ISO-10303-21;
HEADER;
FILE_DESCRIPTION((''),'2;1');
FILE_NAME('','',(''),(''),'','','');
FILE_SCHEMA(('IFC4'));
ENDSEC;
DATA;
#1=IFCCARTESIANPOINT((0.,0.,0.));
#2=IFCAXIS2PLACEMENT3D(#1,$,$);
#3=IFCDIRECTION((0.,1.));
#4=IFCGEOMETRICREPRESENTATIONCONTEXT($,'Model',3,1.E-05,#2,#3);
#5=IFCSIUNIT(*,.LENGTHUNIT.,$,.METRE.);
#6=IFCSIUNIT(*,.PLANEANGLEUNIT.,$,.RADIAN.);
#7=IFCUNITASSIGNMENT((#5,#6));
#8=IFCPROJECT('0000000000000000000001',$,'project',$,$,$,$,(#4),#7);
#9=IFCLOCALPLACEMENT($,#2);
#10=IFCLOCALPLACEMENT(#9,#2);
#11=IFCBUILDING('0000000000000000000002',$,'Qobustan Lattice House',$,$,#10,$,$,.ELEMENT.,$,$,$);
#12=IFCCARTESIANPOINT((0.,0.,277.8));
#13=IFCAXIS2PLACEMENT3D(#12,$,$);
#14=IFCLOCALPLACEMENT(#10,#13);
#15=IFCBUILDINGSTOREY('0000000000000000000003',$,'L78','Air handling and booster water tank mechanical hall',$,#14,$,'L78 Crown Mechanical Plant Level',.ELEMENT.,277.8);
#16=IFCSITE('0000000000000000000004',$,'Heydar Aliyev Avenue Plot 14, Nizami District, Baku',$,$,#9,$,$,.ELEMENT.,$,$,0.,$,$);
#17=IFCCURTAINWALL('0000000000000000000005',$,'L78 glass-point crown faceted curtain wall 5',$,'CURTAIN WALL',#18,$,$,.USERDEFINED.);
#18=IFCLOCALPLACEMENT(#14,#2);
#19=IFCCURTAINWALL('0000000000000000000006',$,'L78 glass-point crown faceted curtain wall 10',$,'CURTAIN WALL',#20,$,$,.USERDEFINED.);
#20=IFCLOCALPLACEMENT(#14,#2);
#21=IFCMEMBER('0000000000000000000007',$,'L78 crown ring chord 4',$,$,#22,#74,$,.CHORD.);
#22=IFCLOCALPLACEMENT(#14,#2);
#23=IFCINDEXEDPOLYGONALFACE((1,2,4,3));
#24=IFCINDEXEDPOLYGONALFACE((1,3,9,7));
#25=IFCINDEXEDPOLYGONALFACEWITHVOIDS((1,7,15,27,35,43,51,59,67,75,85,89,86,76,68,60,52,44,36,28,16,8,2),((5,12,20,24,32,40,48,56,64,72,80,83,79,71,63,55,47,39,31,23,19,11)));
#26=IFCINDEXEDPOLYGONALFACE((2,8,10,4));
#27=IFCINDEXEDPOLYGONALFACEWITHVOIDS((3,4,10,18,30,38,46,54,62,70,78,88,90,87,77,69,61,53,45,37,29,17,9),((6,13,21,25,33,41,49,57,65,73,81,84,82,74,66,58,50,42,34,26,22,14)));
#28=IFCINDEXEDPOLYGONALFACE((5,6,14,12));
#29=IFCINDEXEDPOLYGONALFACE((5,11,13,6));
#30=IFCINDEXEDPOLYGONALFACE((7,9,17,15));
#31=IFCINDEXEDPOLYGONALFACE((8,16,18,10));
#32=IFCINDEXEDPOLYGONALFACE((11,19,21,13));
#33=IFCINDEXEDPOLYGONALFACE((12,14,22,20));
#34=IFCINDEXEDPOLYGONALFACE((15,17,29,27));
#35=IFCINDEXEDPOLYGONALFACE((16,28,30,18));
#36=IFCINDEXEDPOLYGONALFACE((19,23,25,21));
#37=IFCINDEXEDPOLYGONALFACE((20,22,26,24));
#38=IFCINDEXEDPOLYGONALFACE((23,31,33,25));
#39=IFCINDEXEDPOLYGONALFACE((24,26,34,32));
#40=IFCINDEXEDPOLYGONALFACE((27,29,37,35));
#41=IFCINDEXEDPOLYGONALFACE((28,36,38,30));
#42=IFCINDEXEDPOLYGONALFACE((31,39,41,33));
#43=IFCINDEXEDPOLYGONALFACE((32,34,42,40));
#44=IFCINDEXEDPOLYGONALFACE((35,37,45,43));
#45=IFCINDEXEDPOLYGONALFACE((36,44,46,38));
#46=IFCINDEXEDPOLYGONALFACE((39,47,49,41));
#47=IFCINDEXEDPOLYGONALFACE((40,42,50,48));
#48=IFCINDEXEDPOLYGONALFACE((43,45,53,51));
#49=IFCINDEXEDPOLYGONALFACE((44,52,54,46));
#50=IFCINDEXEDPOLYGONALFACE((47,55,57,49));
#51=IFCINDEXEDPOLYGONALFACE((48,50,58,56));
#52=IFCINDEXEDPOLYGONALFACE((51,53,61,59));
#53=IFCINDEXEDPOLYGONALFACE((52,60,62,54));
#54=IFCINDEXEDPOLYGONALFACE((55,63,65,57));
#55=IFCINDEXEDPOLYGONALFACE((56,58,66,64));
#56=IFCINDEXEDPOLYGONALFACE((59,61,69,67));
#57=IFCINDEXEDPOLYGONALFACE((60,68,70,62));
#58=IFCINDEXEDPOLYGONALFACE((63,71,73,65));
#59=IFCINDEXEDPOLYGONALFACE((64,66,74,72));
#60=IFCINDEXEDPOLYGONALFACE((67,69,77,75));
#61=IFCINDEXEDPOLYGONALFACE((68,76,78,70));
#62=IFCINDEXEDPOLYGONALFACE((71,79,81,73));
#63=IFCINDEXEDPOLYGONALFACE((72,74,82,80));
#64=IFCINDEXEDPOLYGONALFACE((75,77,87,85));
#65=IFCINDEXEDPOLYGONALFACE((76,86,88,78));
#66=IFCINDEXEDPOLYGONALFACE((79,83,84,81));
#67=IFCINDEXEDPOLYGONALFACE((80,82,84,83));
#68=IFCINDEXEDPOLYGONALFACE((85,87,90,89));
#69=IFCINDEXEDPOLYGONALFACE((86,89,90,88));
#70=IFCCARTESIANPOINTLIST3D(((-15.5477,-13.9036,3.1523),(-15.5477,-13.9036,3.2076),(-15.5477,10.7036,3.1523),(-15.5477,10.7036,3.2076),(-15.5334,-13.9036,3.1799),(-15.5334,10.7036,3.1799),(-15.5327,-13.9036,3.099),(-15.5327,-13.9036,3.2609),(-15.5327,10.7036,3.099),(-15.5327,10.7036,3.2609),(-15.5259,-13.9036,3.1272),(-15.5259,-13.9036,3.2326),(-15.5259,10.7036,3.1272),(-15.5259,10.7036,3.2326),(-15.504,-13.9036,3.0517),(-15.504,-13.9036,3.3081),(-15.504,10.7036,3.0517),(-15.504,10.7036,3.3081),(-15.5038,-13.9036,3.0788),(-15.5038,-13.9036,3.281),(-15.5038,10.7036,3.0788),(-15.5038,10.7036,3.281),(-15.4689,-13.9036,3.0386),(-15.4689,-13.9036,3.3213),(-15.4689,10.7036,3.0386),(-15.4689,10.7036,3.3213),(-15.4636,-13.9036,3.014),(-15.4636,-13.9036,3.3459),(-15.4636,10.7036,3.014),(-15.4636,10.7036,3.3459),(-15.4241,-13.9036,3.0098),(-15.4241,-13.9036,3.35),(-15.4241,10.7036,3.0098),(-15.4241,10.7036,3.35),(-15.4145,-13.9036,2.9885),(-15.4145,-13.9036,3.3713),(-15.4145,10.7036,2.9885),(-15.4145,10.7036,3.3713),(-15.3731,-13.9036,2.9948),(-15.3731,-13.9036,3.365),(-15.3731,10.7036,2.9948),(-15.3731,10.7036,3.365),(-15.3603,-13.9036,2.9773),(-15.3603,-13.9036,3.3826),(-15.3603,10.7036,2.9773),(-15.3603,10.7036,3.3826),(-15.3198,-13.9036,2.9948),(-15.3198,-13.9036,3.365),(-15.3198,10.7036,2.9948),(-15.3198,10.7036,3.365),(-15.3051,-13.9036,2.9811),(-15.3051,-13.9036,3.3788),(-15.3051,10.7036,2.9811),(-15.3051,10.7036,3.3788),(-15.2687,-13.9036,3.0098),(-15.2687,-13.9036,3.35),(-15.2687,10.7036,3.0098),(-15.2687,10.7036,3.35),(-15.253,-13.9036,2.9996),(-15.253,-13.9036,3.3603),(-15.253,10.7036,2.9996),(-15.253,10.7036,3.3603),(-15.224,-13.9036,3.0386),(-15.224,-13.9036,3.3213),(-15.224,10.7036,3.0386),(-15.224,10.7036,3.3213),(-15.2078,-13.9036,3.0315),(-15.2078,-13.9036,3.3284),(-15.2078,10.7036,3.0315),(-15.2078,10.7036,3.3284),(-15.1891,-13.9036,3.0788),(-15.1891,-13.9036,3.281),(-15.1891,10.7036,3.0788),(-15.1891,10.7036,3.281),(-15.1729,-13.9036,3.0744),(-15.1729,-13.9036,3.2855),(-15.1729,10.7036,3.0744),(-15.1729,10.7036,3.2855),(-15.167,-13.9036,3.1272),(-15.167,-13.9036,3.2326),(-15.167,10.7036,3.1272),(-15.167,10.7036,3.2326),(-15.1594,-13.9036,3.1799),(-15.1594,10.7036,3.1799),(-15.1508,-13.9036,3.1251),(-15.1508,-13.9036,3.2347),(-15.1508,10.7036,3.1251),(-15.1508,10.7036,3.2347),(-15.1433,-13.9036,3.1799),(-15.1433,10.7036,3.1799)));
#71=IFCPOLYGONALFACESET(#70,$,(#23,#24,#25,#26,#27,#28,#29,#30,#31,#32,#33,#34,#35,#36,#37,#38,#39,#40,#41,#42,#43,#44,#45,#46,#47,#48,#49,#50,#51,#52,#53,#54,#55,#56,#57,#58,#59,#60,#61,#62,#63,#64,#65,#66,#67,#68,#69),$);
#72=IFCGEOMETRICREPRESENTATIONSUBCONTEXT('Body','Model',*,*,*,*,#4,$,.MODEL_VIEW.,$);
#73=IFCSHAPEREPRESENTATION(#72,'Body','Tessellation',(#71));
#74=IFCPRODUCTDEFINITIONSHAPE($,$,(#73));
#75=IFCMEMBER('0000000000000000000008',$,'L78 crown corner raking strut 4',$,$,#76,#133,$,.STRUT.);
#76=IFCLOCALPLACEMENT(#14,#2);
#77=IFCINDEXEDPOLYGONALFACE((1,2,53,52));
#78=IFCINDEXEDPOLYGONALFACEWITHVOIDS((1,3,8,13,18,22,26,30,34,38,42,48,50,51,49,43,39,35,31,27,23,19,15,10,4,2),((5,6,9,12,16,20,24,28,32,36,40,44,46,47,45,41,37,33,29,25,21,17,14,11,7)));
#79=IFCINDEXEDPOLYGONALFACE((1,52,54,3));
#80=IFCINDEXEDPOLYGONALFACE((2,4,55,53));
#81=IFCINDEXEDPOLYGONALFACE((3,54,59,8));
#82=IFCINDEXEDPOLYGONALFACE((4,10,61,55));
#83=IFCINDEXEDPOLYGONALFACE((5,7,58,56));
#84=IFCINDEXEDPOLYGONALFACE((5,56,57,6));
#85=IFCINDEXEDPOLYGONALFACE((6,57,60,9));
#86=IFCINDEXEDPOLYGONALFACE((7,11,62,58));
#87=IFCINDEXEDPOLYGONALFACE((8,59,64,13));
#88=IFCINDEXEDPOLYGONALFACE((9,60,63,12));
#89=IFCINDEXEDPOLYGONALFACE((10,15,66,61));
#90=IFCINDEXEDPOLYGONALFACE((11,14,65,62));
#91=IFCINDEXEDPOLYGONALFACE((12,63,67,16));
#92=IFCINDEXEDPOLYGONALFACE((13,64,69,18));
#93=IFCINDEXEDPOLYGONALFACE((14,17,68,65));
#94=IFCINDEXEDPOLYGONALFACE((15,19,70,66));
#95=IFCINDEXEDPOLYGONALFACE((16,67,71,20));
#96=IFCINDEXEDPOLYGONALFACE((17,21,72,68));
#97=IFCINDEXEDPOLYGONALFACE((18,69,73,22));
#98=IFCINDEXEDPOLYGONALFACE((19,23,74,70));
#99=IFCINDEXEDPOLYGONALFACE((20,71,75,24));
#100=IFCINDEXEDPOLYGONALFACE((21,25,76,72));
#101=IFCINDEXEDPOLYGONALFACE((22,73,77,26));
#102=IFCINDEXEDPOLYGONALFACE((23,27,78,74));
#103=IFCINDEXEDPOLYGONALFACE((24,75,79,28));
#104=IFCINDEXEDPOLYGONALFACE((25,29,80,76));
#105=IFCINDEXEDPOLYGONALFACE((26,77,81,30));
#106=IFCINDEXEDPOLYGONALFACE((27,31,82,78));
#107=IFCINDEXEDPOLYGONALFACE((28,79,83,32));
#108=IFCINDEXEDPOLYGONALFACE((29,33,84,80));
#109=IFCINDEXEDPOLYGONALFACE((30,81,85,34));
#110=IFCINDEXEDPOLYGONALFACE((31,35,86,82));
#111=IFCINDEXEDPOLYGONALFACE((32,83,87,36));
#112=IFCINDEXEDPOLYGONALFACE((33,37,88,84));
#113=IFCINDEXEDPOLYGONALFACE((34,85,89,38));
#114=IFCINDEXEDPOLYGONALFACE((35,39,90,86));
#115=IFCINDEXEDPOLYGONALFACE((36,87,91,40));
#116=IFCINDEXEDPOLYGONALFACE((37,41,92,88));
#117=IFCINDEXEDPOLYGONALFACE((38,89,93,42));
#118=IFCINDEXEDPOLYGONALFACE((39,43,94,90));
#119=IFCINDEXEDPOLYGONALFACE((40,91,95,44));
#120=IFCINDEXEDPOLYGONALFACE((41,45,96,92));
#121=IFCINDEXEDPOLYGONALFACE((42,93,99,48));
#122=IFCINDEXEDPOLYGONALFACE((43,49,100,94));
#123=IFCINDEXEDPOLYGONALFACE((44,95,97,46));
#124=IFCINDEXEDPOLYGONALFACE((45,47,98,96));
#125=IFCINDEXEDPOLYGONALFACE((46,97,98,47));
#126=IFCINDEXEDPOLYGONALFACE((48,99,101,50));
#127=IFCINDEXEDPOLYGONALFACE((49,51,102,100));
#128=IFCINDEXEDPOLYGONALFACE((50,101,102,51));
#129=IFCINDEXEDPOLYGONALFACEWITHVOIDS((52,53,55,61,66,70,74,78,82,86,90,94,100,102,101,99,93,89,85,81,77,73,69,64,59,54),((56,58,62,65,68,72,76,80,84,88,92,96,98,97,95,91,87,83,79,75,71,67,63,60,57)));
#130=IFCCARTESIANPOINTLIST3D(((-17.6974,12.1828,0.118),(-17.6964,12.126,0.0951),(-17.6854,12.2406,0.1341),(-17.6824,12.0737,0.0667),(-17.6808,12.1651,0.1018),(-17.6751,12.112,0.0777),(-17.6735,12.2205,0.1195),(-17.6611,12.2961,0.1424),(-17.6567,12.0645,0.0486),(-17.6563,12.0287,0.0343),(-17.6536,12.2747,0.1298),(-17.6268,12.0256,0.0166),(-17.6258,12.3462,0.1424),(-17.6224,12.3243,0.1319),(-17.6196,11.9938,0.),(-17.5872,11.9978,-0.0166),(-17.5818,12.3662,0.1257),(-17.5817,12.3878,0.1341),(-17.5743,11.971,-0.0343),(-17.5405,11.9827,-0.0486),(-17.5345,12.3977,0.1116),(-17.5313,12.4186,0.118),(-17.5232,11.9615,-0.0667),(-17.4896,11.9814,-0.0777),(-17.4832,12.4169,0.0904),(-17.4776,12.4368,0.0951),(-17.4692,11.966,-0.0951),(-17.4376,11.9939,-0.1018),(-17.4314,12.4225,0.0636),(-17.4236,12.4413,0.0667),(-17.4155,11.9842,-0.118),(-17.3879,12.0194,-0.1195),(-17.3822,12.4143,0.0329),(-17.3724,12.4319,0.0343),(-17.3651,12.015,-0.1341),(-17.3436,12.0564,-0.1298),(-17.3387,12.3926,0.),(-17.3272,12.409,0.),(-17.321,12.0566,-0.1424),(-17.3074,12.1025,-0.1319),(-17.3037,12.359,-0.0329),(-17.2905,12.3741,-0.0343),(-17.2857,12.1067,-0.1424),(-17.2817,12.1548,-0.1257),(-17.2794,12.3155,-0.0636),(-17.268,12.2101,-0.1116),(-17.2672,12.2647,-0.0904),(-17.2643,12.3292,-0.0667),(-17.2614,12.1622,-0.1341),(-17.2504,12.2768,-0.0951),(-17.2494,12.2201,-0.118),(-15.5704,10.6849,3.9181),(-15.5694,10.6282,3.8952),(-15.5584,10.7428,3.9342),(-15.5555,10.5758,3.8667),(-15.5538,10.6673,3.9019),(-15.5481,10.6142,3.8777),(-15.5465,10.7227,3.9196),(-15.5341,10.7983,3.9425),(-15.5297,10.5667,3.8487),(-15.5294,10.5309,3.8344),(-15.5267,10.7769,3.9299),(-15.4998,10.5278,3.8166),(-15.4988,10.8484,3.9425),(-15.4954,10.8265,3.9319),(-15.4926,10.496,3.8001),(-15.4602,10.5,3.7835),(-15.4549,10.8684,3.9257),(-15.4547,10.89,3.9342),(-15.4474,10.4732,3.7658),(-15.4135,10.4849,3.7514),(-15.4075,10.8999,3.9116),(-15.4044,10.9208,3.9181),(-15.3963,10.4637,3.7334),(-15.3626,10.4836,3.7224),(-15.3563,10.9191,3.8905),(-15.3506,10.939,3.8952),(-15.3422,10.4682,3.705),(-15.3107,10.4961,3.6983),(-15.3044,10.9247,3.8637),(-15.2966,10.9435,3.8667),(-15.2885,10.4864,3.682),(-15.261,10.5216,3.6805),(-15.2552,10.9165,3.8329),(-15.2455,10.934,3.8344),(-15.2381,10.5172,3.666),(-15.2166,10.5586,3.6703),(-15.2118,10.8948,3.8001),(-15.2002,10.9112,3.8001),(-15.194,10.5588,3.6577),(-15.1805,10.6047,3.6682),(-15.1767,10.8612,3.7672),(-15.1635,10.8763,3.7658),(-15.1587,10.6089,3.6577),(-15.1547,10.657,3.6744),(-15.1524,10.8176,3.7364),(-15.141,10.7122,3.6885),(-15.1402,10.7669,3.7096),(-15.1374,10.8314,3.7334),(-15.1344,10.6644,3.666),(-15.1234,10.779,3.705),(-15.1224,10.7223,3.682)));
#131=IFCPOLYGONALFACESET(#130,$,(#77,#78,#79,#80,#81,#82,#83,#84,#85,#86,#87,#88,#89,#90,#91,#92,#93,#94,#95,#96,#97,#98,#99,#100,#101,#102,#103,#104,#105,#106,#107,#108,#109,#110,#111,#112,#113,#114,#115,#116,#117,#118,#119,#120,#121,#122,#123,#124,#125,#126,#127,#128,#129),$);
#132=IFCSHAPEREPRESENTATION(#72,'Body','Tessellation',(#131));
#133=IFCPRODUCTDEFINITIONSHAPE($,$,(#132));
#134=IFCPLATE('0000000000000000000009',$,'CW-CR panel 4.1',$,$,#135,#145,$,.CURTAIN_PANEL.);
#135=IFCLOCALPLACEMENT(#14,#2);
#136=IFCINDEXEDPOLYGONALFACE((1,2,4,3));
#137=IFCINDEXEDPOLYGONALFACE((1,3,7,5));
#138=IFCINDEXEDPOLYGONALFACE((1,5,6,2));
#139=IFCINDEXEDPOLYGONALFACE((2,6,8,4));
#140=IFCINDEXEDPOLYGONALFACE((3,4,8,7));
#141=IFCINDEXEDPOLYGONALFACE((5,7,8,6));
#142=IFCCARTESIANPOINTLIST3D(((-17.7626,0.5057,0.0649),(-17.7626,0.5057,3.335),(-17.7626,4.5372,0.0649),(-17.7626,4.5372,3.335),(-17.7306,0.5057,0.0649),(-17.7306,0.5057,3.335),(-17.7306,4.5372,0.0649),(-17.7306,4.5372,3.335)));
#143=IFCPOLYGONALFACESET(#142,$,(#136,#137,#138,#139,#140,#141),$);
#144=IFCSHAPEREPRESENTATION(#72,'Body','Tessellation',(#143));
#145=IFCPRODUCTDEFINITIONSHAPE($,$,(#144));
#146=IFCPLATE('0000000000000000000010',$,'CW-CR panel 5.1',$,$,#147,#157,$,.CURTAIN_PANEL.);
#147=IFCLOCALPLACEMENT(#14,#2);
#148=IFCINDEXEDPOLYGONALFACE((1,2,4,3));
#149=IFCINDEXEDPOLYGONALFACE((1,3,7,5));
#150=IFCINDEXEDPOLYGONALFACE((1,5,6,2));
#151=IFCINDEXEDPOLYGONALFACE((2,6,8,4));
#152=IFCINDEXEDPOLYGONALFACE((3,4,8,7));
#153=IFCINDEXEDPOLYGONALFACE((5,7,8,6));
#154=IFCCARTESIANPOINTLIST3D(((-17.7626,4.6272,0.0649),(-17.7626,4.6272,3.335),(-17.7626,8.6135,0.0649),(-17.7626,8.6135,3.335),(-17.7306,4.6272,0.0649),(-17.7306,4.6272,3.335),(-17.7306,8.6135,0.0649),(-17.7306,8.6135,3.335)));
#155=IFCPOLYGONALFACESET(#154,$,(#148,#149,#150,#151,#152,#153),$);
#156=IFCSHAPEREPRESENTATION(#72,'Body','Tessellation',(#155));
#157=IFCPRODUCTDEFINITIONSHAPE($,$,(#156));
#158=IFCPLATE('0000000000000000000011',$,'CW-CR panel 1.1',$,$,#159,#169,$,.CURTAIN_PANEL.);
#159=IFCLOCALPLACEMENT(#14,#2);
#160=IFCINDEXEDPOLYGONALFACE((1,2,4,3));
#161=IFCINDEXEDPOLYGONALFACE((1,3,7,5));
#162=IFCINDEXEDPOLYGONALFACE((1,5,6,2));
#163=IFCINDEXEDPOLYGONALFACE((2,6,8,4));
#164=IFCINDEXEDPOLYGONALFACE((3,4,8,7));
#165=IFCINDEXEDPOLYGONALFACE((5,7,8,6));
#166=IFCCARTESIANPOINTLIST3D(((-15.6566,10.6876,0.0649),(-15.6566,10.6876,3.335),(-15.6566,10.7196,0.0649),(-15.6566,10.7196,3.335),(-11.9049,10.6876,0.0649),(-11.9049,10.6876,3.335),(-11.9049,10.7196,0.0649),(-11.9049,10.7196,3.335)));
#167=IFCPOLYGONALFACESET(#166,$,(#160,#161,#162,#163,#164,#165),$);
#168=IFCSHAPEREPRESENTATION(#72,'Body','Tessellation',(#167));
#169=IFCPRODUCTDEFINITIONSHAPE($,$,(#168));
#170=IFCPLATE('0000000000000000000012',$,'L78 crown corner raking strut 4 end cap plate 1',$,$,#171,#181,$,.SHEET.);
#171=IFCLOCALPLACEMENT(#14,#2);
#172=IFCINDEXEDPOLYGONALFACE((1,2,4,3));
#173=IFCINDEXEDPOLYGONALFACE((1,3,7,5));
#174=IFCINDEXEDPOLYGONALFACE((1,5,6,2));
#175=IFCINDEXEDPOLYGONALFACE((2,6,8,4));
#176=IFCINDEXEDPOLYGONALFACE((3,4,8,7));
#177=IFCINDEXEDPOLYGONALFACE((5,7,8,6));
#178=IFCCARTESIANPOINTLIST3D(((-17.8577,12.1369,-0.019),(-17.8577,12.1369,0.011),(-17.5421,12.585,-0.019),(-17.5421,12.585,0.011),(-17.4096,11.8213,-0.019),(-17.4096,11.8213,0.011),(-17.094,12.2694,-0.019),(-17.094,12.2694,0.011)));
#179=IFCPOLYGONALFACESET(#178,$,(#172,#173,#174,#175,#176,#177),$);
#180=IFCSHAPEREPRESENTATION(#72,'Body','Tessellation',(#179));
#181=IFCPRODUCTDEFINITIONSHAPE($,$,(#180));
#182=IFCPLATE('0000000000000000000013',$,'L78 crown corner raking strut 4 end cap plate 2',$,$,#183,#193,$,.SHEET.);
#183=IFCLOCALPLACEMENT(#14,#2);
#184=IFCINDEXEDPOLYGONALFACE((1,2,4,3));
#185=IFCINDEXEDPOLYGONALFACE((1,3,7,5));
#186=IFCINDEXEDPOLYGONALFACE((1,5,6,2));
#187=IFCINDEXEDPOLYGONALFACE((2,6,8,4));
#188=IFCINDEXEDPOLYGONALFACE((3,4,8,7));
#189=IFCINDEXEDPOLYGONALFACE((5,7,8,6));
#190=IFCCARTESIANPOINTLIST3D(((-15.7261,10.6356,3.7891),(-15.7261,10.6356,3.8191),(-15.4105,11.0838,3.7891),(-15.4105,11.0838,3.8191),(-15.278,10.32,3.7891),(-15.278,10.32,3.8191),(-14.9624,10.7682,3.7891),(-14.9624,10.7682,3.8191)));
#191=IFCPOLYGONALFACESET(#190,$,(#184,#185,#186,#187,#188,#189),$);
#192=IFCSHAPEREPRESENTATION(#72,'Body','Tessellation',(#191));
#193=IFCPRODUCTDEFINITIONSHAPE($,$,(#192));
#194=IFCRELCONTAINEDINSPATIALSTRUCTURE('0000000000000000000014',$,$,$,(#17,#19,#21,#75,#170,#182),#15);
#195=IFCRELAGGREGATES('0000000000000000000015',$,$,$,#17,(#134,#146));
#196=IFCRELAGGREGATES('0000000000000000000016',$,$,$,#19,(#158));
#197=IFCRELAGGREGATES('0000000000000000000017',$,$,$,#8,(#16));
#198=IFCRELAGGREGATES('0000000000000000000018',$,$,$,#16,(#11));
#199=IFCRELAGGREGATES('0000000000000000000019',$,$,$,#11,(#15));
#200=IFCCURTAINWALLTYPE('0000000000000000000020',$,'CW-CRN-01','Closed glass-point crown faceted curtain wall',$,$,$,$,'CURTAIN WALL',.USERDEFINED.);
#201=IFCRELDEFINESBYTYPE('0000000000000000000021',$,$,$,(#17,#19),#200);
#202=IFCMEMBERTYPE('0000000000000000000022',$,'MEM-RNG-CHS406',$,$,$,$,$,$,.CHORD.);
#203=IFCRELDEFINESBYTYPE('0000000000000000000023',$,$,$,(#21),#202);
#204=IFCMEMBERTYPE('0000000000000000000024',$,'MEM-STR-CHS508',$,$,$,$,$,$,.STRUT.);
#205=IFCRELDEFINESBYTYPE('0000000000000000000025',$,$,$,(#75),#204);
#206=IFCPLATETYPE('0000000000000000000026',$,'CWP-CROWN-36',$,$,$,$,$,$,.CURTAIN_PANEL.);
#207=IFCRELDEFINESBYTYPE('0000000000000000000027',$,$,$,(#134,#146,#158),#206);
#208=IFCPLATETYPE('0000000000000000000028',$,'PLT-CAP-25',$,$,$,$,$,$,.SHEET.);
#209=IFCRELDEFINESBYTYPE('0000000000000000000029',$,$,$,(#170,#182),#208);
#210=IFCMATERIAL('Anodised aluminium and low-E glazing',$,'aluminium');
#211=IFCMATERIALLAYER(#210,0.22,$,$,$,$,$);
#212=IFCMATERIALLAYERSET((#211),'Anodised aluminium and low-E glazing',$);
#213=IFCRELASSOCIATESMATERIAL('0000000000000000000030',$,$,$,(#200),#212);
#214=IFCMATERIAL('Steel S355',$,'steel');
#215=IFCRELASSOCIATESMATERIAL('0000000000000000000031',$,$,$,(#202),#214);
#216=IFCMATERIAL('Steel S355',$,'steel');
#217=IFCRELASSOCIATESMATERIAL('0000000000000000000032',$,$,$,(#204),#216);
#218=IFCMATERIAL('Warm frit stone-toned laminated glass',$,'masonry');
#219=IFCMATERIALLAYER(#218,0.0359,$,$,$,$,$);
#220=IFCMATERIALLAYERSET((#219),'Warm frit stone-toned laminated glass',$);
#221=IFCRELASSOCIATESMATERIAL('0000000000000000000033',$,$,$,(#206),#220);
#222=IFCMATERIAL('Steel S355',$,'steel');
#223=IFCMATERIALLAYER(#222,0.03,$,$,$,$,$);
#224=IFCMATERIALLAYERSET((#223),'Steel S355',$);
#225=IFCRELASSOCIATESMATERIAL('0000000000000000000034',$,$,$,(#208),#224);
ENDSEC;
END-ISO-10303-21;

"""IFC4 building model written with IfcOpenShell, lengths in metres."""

from ifc_helpers import new_model, si_unit, direction, frame, origin, origin_2d, place, context, subcontext, project, spatial, rectangle, hollow_circle, extrude, material, layer, layer_set, material_profile, profile_set, type_object, element, aggregate, save


model = new_model("IFC4")

# Units and contexts
model_context = context("Model", 3, precision=1e-05, world=origin(), true_north=direction((0.0, 1.0)))
body_context = subcontext(model_context, "Body", "Model", "MODEL_VIEW")
ifc_project = project(units=[si_unit("LENGTHUNIT", "METRE"), si_unit("PLANEANGLEUNIT", "RADIAN")], contexts=[model_context])

# Site, building, storey
site_placement = place(None, origin())
site = spatial("IfcSite", under=ifc_project, at=site_placement, Name="Heydar Aliyev Avenue Plot 14, Nizami District, Baku", CompositionType="ELEMENT", RefElevation=0.0)
building_placement = place(site_placement, origin())
building = spatial("IfcBuilding", under=site, at=building_placement, Name="Qobustan Lattice House", CompositionType="ELEMENT")
storey_placement = place(building_placement, frame((0.0, 0.0, 277.8)))
storey = spatial("IfcBuildingStorey", under=building, at=storey_placement, Name="L78", Description="Air handling and booster water tank mechanical hall", LongName="L78 Crown Mechanical Plant Level", CompositionType="ELEMENT", Elevation=277.8)

# Curtain wall
ifc_material_1 = material(Name="Anodised aluminium and low-E glazing", Category="aluminium")
ifc_layer_1 = layer(ifc_material_1, 0.22)
ifc_layer_set_1 = layer_set([ifc_layer_1], Name="Anodised aluminium and low-E glazing")
curtain_wall_type = type_object("IfcCurtainWallType", Name="CW-CRN-01", Description="Closed glass-point crown faceted curtain wall", ElementType="CURTAIN WALL", PredefinedType="USERDEFINED", material=ifc_layer_set_1)
curtain_wall_1_placement = place(storey_placement, origin())
curtain_wall_1 = element("IfcCurtainWall", 1, at=curtain_wall_1_placement, inside=storey, type_object=curtain_wall_type, Name="L78 glass-point crown faceted curtain wall 5", ObjectType="CURTAIN WALL", PredefinedType="USERDEFINED")

# Curtain wall
curtain_wall_2_placement = place(storey_placement, origin())
curtain_wall_2 = element("IfcCurtainWall", 2, at=curtain_wall_2_placement, inside=storey, type_object=curtain_wall_type, Name="L78 glass-point crown faceted curtain wall 10", ObjectType="CURTAIN WALL", PredefinedType="USERDEFINED")

# Members
ifc_material_2 = material(Name="Steel S355", Category="steel")
ifc_material_profile_1 = material_profile(ifc_material_2, hollow_circle(Radius=0.2031, WallThickness=0.0161, at=origin_2d()), Name="CHS406.4x16")
ifc_profile_set_1 = profile_set([ifc_material_profile_1], Name="Steel S355")
member_type_1 = type_object("IfcMemberType", Name="MEM-RNG-CHS406", PredefinedType="CHORD", material=ifc_profile_set_1)
member_1_placement = place(storey_placement, frame((-15.3464, 10.7036, 3.1799), z_axis=(0.0, -1.0, 0.0), x_axis=(1.0, 0.0, 0.0)))
element("IfcMember", 3, at=member_1_placement, inside=storey, type_object=member_type_1, Name="L78 crown ring chord 4", PredefinedType="CHORD", context=body_context, shape_type="SweptSolid", body=[
    extrude(hollow_circle(Radius=0.2031, WallThickness=0.0161, at=origin_2d()), origin(), (0.0, 0.0, 1.0), 24.6072),
])
ifc_material_3 = material(Name="Steel S355", Category="steel")
ifc_material_profile_2 = material_profile(ifc_material_3, hollow_circle(Radius=0.2539, WallThickness=0.02, at=origin_2d()), Name="CHS508x20")
ifc_profile_set_2 = profile_set([ifc_material_profile_2], Name="Steel S355")
member_type_2 = type_object("IfcMemberType", Name="MEM-STR-CHS508", PredefinedType="STRUT", material=ifc_profile_set_2)
member_2_placement = place(storey_placement, frame((-17.4734, 12.2014, 0.0), z_axis=(0.461861, -0.325243, 0.825168), x_axis=(0.575765, 0.817615, 0.0)))
element("IfcMember", 4, at=member_2_placement, inside=storey, type_object=member_type_2, Name="L78 crown corner raking strut 4", PredefinedType="STRUT", context=body_context, shape_type="SweptSolid", body=[
    extrude(hollow_circle(Radius=0.2539, WallThickness=0.02, at=origin_2d()), origin(), (0.0, 0.0, 1.0), 4.6052),
])

# Plates
ifc_material_4 = material(Name="Warm frit stone-toned laminated glass", Category="masonry")
ifc_layer_2 = layer(ifc_material_4, 0.0359)
ifc_layer_set_2 = layer_set([ifc_layer_2], Name="Warm frit stone-toned laminated glass")
plate_type_1 = type_object("IfcPlateType", Name="CWP-CROWN-36", PredefinedType="CURTAIN_PANEL", material=ifc_layer_set_2)
plate_1_placement = place(storey_placement, frame((-17.7466, 2.5215, 0.0649), z_axis=(0.0, 0.0, 1.0), x_axis=(0.0, 1.0, 0.0)))
plate_1 = element("IfcPlate", 5, at=plate_1_placement, type_object=plate_type_1, Name="CW-CR panel 4.1", PredefinedType="CURTAIN_PANEL", context=body_context, shape_type="SweptSolid", body=[
    extrude(rectangle(XDim=4.0315, YDim=0.032, at=origin_2d()), origin(), (0.0, 0.0, 1.0), 3.27),
])
plate_2_placement = place(storey_placement, frame((-17.7466, 6.6204, 0.0649), z_axis=(0.0, 0.0, 1.0), x_axis=(0.0, 1.0, 0.0)))
plate_2 = element("IfcPlate", 6, at=plate_2_placement, type_object=plate_type_1, Name="CW-CR panel 5.1", PredefinedType="CURTAIN_PANEL", context=body_context, shape_type="SweptSolid", body=[
    extrude(rectangle(XDim=3.9863, YDim=0.032, at=origin_2d()), origin(), (0.0, 0.0, 1.0), 3.27),
])
aggregate(curtain_wall_1, [plate_1, plate_2])
plate_3_placement = place(storey_placement, frame((-13.7808, 10.7036, 0.0649), z_axis=(0.0, 0.0, 1.0), x_axis=(1.0, 0.0, 0.0)))
plate_3 = element("IfcPlate", 7, at=plate_3_placement, type_object=plate_type_1, Name="CW-CR panel 1.1", PredefinedType="CURTAIN_PANEL", context=body_context, shape_type="SweptSolid", body=[
    extrude(rectangle(XDim=3.7517, YDim=0.032, at=origin_2d()), origin(), (0.0, 0.0, 1.0), 3.27),
])
aggregate(curtain_wall_2, [plate_3])

# Plates
ifc_material_5 = material(Name="Steel S355", Category="steel")
ifc_layer_3 = layer(ifc_material_5, 0.03)
ifc_layer_set_3 = layer_set([ifc_layer_3], Name="Steel S355")
plate_type_2 = type_object("IfcPlateType", Name="PLT-CAP-25", PredefinedType="SHEET", material=ifc_layer_set_3)
for number, where, z_axis, x_axis, name in (
    (8, (-17.4758, 12.2031, -0.019), (0.0, 0.0, 1.0), (0.817587, -0.575805, 0.0), "L78 crown corner raking strut 4 end cap plate 1"),
    (9, (-15.3442, 10.7019, 3.7891), (0.0, 0.0, 1.0), (0.817587, -0.575805, 0.0), "L78 crown corner raking strut 4 end cap plate 2"),
):
    element("IfcPlate", number, at=place(storey_placement, frame(where, z_axis=z_axis, x_axis=x_axis)), inside=storey, type_object=plate_type_2, Name=name, PredefinedType="SHEET", context=body_context, shape_type="SweptSolid", body=[
        extrude(rectangle(XDim=0.5481, YDim=0.5481, at=origin_2d()), origin(), (0.0, 0.0, 1.0), 0.03),
    ])

save(model, "model.ifc")
